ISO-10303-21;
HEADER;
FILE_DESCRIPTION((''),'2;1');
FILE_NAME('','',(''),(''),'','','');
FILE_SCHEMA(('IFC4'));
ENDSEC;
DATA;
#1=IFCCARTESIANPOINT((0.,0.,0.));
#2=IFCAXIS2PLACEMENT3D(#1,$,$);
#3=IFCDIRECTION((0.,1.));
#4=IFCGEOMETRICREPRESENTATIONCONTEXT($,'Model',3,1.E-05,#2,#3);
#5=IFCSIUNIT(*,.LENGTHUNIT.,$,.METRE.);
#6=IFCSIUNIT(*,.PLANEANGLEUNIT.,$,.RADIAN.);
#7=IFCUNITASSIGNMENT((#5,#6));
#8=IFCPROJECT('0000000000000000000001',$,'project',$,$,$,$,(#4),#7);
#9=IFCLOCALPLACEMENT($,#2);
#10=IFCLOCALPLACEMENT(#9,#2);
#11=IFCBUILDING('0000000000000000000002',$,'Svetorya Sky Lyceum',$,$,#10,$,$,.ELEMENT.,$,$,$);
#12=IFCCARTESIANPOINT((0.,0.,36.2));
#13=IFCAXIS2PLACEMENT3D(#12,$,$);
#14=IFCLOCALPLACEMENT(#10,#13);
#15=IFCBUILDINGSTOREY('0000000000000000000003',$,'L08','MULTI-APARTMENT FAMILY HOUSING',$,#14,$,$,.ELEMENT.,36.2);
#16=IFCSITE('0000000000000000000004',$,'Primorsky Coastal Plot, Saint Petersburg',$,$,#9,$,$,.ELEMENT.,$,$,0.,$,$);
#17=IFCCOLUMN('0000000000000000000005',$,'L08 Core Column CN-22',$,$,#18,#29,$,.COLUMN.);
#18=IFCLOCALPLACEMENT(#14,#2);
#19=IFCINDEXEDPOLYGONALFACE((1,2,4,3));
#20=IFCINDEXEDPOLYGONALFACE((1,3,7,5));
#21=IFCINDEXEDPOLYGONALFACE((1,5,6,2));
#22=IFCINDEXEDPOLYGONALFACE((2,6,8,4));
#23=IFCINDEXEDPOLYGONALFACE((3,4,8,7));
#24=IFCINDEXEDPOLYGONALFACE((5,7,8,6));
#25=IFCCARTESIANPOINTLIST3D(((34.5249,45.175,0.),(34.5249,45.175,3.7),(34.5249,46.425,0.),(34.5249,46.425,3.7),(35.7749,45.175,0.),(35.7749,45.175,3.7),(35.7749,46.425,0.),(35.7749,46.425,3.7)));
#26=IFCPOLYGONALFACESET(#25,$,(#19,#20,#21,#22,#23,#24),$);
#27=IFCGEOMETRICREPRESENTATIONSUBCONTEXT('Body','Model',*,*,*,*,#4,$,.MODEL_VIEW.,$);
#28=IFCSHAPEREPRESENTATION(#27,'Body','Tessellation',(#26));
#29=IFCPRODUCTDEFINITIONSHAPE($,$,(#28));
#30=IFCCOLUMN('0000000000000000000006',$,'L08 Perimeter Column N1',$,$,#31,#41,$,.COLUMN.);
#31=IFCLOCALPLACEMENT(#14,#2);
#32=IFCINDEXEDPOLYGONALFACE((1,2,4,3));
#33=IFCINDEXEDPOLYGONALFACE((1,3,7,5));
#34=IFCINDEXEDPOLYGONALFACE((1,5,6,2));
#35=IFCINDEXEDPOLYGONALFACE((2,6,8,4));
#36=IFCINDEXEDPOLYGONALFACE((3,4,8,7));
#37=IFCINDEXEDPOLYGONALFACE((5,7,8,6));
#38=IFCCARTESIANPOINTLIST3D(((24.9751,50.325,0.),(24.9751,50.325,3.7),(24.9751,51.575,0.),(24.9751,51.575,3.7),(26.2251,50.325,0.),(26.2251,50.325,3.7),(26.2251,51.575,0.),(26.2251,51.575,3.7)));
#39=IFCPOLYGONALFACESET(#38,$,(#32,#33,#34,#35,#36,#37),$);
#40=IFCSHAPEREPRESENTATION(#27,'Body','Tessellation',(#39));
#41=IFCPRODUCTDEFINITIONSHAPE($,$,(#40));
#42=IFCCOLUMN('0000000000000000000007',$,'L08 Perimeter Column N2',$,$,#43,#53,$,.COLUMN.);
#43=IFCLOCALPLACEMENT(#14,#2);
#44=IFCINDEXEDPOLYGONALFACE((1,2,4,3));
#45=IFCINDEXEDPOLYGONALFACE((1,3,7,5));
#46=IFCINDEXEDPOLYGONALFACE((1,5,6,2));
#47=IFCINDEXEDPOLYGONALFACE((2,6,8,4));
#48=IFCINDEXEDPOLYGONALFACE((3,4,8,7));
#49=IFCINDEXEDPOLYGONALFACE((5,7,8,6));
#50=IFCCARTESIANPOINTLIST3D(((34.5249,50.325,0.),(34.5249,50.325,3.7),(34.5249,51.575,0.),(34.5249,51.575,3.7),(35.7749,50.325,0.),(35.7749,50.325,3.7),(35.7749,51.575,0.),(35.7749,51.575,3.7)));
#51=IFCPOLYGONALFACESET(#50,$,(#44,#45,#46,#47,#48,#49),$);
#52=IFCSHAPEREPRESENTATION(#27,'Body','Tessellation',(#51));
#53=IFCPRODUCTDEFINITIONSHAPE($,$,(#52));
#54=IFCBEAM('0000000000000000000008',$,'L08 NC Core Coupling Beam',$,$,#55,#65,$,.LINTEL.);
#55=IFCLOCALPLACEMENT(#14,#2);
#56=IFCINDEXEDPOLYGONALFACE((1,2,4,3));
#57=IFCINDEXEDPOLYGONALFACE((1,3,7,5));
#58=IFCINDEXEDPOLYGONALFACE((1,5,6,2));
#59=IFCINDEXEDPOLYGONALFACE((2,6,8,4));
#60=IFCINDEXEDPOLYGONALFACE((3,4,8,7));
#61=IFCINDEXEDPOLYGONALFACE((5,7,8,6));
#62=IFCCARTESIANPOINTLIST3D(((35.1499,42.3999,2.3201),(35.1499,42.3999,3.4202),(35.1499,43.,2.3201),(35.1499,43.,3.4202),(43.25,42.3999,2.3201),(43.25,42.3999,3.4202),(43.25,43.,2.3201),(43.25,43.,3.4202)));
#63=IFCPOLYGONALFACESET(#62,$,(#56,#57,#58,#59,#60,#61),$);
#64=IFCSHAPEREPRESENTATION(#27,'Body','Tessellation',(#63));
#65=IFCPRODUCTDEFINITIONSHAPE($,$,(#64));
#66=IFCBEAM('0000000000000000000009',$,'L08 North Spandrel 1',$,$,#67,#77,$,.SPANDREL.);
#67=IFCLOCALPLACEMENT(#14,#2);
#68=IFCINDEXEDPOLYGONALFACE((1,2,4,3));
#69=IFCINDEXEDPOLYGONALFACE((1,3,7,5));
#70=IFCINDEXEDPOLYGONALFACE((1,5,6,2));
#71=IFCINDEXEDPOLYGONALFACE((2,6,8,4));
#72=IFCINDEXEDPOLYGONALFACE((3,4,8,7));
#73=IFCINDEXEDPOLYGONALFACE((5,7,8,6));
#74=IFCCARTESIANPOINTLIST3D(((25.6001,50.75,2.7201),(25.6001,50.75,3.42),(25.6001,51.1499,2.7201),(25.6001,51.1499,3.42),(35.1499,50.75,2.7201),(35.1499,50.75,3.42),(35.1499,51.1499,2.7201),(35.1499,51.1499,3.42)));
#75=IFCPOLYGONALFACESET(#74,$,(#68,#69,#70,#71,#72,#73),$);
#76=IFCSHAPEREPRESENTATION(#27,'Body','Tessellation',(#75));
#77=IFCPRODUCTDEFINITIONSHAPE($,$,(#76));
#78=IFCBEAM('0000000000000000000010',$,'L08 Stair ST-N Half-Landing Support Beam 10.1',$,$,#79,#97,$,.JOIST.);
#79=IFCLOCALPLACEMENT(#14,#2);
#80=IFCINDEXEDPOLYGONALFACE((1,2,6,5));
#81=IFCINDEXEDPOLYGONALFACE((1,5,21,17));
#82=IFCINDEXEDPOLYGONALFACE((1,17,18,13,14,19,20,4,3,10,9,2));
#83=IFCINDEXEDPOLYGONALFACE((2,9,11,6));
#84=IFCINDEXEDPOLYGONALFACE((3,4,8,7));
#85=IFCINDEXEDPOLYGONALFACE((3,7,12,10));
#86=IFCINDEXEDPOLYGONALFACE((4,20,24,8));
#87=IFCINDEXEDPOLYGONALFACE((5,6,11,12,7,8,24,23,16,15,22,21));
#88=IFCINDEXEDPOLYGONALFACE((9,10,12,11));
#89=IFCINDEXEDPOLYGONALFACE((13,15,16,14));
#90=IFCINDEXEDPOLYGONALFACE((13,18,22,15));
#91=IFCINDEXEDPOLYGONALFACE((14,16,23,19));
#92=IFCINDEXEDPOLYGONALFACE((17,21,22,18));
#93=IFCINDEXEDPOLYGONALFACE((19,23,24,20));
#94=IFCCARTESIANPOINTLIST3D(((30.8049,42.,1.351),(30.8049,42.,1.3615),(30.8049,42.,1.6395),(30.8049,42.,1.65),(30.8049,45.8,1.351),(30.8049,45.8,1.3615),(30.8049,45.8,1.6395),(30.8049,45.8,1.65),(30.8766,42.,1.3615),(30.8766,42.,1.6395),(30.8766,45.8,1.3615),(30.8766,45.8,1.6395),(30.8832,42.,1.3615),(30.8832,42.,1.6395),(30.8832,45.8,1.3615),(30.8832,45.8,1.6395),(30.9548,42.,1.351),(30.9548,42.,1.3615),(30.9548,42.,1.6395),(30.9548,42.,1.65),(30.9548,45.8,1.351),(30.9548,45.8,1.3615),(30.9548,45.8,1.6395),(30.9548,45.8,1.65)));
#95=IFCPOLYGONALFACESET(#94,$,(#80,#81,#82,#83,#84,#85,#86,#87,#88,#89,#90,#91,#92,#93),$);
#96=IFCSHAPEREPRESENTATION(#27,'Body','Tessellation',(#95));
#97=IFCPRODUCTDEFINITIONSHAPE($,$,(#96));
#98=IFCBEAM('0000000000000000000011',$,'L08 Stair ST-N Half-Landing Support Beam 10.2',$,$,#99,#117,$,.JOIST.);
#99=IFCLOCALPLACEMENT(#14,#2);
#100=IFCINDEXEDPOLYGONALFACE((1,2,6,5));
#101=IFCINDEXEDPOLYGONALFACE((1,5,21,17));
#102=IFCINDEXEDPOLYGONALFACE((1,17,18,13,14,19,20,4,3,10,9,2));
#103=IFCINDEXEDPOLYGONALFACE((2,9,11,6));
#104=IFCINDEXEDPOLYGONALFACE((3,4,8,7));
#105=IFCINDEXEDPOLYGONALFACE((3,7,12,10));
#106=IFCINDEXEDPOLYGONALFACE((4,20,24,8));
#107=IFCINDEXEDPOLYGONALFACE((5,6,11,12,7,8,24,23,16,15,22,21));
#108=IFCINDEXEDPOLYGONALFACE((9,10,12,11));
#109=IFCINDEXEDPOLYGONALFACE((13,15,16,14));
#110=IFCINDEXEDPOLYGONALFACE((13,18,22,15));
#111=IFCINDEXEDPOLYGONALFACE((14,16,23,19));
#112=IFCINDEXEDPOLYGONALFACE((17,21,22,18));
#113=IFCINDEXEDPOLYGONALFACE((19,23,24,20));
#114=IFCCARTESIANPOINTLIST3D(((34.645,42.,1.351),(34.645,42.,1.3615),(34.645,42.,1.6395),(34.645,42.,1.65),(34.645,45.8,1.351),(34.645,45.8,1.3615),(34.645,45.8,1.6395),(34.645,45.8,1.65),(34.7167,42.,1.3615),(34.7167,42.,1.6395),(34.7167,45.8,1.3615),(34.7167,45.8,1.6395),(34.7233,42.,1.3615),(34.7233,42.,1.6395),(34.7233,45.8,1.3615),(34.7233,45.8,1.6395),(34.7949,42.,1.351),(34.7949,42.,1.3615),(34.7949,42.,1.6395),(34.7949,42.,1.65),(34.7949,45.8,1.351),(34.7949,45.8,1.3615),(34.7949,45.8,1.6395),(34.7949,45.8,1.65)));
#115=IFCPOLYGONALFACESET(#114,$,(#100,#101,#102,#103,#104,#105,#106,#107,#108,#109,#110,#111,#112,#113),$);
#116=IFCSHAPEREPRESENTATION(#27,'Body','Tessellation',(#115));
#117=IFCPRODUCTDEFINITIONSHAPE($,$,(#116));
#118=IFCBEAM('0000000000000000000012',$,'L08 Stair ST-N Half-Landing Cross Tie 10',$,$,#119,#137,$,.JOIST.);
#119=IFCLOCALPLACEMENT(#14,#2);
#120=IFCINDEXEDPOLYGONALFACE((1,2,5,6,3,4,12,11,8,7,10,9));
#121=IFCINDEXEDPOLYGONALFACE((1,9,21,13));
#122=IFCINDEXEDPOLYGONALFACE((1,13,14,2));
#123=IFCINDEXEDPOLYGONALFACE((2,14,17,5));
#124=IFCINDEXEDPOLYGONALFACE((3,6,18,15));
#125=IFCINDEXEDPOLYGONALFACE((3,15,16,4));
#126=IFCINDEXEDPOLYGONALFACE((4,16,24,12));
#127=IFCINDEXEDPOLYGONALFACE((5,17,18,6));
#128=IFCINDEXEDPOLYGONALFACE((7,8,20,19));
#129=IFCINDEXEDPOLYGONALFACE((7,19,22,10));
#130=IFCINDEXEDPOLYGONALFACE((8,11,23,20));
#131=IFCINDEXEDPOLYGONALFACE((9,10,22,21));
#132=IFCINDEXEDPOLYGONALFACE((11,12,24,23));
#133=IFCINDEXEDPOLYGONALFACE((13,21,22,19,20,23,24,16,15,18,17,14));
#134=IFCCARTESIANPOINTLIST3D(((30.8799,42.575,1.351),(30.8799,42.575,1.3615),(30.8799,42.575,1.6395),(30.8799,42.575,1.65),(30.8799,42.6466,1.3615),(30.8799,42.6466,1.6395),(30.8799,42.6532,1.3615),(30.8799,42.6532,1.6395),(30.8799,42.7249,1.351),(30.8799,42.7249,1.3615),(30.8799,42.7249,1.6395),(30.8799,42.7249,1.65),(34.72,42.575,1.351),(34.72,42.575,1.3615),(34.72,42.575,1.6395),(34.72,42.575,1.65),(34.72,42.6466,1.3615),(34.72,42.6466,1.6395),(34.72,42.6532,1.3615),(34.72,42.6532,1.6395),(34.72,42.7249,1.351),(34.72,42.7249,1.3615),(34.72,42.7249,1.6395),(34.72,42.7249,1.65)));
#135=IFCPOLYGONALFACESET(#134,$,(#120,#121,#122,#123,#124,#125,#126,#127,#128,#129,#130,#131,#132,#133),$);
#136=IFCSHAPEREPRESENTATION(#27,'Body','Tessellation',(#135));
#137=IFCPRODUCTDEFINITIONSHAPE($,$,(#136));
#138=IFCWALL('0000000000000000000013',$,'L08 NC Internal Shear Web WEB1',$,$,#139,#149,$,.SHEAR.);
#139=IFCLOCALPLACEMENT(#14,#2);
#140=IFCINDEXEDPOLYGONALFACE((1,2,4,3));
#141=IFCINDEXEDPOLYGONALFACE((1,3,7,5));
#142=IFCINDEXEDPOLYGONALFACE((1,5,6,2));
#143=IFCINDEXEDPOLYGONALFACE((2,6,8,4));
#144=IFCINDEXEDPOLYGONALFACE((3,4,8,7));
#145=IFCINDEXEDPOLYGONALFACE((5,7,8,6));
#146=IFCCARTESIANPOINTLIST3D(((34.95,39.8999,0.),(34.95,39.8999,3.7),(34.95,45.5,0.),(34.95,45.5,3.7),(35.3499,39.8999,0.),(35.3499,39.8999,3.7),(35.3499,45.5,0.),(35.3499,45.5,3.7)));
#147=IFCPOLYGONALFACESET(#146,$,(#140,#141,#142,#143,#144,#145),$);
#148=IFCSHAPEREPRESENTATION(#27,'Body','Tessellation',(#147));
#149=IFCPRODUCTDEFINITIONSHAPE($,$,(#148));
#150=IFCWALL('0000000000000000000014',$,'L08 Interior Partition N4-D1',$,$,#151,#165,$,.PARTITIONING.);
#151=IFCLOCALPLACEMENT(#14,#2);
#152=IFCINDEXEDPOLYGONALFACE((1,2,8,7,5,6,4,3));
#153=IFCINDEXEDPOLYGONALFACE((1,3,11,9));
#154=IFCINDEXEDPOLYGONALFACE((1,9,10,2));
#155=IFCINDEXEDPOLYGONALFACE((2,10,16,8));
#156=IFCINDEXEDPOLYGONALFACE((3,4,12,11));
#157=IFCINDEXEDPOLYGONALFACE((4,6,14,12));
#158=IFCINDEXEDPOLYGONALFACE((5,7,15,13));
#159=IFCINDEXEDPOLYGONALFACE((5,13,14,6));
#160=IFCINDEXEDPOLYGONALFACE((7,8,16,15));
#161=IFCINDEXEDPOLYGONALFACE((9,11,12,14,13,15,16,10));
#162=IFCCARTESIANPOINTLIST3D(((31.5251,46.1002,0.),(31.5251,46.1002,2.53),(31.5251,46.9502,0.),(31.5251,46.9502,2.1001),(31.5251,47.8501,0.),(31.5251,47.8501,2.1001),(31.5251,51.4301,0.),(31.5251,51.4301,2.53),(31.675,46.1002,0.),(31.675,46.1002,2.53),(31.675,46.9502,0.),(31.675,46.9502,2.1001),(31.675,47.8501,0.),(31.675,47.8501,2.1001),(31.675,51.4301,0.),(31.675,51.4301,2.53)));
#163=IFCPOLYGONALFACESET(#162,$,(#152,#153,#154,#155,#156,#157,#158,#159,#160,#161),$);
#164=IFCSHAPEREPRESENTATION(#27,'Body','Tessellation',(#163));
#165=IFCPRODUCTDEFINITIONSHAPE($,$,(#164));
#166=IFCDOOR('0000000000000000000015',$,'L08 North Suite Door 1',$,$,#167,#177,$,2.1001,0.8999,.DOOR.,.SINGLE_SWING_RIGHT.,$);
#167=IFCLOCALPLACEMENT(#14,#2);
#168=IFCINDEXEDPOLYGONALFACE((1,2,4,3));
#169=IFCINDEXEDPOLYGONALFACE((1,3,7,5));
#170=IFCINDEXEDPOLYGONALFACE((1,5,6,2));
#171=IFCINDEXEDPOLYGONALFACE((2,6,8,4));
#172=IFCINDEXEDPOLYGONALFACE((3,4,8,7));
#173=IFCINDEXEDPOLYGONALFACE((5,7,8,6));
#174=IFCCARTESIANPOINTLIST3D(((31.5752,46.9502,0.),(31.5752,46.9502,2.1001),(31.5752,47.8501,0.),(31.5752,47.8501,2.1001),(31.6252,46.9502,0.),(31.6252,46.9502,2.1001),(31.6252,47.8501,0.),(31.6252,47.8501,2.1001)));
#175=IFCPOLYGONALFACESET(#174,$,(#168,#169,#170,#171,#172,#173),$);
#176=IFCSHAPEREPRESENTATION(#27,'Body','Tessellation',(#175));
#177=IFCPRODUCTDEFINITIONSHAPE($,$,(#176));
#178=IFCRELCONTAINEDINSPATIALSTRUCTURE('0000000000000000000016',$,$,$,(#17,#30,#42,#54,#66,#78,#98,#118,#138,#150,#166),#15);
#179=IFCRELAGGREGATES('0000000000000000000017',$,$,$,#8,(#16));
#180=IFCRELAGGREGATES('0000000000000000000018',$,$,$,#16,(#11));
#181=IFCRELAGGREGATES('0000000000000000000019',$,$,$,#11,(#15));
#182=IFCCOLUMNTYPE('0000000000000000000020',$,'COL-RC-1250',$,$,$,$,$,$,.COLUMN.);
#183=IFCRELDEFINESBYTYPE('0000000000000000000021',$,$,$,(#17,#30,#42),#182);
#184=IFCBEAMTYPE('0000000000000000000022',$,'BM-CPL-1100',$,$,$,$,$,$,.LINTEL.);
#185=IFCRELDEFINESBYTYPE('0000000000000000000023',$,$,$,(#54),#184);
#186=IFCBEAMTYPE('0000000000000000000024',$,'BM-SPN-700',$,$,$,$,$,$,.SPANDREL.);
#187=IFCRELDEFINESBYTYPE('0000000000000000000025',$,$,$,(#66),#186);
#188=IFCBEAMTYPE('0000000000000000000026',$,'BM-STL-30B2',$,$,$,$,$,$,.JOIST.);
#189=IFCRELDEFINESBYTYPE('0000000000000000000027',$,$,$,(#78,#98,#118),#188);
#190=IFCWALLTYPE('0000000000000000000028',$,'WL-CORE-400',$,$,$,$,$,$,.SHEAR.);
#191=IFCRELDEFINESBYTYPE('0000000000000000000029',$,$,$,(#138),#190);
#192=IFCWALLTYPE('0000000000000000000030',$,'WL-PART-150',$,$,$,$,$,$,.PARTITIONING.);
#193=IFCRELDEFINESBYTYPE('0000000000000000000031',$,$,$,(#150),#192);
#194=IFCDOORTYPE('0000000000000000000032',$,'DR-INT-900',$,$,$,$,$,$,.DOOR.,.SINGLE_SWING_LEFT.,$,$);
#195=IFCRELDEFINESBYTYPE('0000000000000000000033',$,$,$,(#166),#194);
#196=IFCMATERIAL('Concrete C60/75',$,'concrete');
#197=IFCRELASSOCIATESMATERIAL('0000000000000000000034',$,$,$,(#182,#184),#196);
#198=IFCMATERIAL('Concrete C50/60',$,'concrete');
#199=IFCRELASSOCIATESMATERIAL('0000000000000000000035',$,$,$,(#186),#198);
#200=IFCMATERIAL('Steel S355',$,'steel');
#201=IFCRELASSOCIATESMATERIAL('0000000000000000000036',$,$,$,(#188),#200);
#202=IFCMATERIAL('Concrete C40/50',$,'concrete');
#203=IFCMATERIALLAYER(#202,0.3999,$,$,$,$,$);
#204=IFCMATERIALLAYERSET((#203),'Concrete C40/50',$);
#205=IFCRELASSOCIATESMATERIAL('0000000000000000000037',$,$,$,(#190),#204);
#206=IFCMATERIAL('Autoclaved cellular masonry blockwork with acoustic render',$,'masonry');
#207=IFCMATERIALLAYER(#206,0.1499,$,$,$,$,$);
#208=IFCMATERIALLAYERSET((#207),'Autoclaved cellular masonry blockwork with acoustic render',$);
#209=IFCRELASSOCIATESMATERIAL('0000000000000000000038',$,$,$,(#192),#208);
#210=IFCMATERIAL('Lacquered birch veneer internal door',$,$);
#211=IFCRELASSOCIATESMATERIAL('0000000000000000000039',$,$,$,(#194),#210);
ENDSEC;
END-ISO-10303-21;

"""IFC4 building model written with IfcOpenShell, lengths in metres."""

from ifc_helpers import new_model, si_unit, direction, frame, frame_2d, origin, origin_2d, place, context, subcontext, project, spatial, rectangle, i_section, extrude, material, layer, layer_set, material_profile, profile_set, type_object, element, fill, save


model = new_model("IFC4")

# Units and contexts
model_context = context("Model", 3, precision=1e-05, world=origin(), true_north=direction((0.0, 1.0)))
body_context = subcontext(model_context, "Body", "Model", "MODEL_VIEW")
ifc_project = project(units=[si_unit("LENGTHUNIT", "METRE"), si_unit("PLANEANGLEUNIT", "RADIAN")], contexts=[model_context])

# Site, building, storey
site_placement = place(None, origin())
site = spatial("IfcSite", under=ifc_project, at=site_placement, Name="Primorsky Coastal Plot, Saint Petersburg", CompositionType="ELEMENT", RefElevation=0.0)
building_placement = place(site_placement, origin())
building = spatial("IfcBuilding", under=site, at=building_placement, Name="Svetorya Sky Lyceum", CompositionType="ELEMENT")
storey_placement = place(building_placement, frame((0.0, 0.0, 36.2)))
storey = spatial("IfcBuildingStorey", under=building, at=storey_placement, Name="L08", Description="MULTI-APARTMENT FAMILY HOUSING", CompositionType="ELEMENT", Elevation=36.2)

# Columns
ifc_material_1 = material(Name="Concrete C60/75", Category="concrete")
ifc_material_profile_1 = material_profile(ifc_material_1, rectangle(XDim=1.25, YDim=1.25, at=origin_2d()), Name="RC COL 1250x1250")
ifc_profile_set_1 = profile_set([ifc_material_profile_1], Name="Concrete C60/75")
column_type = type_object("IfcColumnType", Name="COL-RC-1250", PredefinedType="COLUMN", material=ifc_profile_set_1)
for number, where, z_axis, x_axis, name in (
    (1, (35.1499, 45.8, 0.0), (0.0, 0.0, 1.0), (1.0, 0.0, 0.0), "L08 Core Column CN-22"),
    (2, (25.6001, 50.95, 0.0), (0.0, 0.0, 1.0), (1.0, 0.0, 0.0), "L08 Perimeter Column N1"),
    (3, (35.1499, 50.95, 0.0), (0.0, 0.0, 1.0), (1.0, 0.0, 0.0), "L08 Perimeter Column N2"),
):
    element("IfcColumn", number, at=place(storey_placement, frame(where, z_axis=z_axis, x_axis=x_axis)), inside=storey, type_object=column_type, Name=name, PredefinedType="COLUMN", context=body_context, shape_type="SweptSolid", body=[
        extrude(rectangle(XDim=1.25, YDim=1.25, at=origin_2d()), origin(), (0.0, 0.0, 1.0), 3.7),
    ])

# Beams
ifc_material_profile_2 = material_profile(ifc_material_1, rectangle(XDim=0.6001, YDim=1.1001, at=origin_2d()), Name="RC COUPLING 600x1100")
ifc_profile_set_2 = profile_set([ifc_material_profile_2], Name="Concrete C60/75")
beam_type_1 = type_object("IfcBeamType", Name="BM-CPL-1100", PredefinedType="LINTEL", material=ifc_profile_set_2)
beam_1_placement = place(storey_placement, frame((35.1499, 42.7, 2.8701), z_axis=(1.0, 0.0, 0.0), x_axis=(0.0, 1.0, 0.0)))
element("IfcBeam", 4, at=beam_1_placement, inside=storey, type_object=beam_type_1, Name="L08 NC Core Coupling Beam", PredefinedType="LINTEL", context=body_context, shape_type="SweptSolid", body=[
    extrude(rectangle(XDim=0.6001, YDim=1.1001, at=origin_2d()), origin(), (0.0, 0.0, 1.0), 8.1001),
])
ifc_material_2 = material(Name="Concrete C50/60", Category="concrete")
ifc_material_profile_3 = material_profile(ifc_material_2, rectangle(XDim=0.3999, YDim=0.7, at=origin_2d()), Name="RC SPANDREL 400x700")
ifc_profile_set_3 = profile_set([ifc_material_profile_3], Name="Concrete C50/60")
beam_type_2 = type_object("IfcBeamType", Name="BM-SPN-700", PredefinedType="SPANDREL", material=ifc_profile_set_3)
beam_2_placement = place(storey_placement, frame((25.6001, 50.95, 3.0701), z_axis=(1.0, 0.0, 0.0), x_axis=(0.0, 1.0, 0.0)))
element("IfcBeam", 5, at=beam_2_placement, inside=storey, type_object=beam_type_2, Name="L08 North Spandrel 1", PredefinedType="SPANDREL", context=body_context, shape_type="SweptSolid", body=[
    extrude(rectangle(XDim=0.3999, YDim=0.7, at=origin_2d()), origin(), (0.0, 0.0, 1.0), 9.5498),
])
ifc_material_3 = material(Name="Steel S355", Category="steel")
ifc_material_profile_4 = material_profile(ifc_material_3, i_section(OverallWidth=0.1499, OverallDepth=0.2991, WebThickness=0.0066, FlangeThickness=0.0105, at=origin_2d()), Name="GOST 30B2")
ifc_profile_set_4 = profile_set([ifc_material_profile_4], Name="Steel S355")
beam_type_3 = type_object("IfcBeamType", Name="BM-STL-30B2", PredefinedType="JOIST", material=ifc_profile_set_4)
for number, where, z_axis, x_axis, name in (
    (6, (30.8799, 42.0, 1.5005), (0.0, 1.0, 0.0), (-1.0, 0.0, 0.0), "L08 Stair ST-N Half-Landing Support Beam 10.1"),
    (7, (34.72, 42.0, 1.5005), (0.0, 1.0, 0.0), (-1.0, 0.0, 0.0), "L08 Stair ST-N Half-Landing Support Beam 10.2"),
):
    element("IfcBeam", number, at=place(storey_placement, frame(where, z_axis=z_axis, x_axis=x_axis)), inside=storey, type_object=beam_type_3, Name=name, PredefinedType="JOIST", context=body_context, shape_type="SweptSolid", body=[
        extrude(i_section(OverallWidth=0.1499, OverallDepth=0.2991, WebThickness=0.0066, FlangeThickness=0.0105, at=origin_2d()), origin(), (0.0, 0.0, 1.0), 3.8),
    ])
beam_3_placement = place(storey_placement, frame((30.8799, 42.6499, 1.5005), z_axis=(1.0, 0.0, 0.0), x_axis=(0.0, 1.0, 0.0)))
element("IfcBeam", 8, at=beam_3_placement, inside=storey, type_object=beam_type_3, Name="L08 Stair ST-N Half-Landing Cross Tie 10", PredefinedType="JOIST", context=body_context, shape_type="SweptSolid", body=[
    extrude(i_section(OverallWidth=0.1499, OverallDepth=0.2991, WebThickness=0.0066, FlangeThickness=0.0105, at=origin_2d()), origin(), (0.0, 0.0, 1.0), 3.8401),
])

# Wall
ifc_material_4 = material(Name="Concrete C40/50", Category="concrete")
ifc_layer_1 = layer(ifc_material_4, 0.3999)
ifc_layer_set_1 = layer_set([ifc_layer_1], Name="Concrete C40/50")
wall_type_1 = type_object("IfcWallType", Name="WL-CORE-400", PredefinedType="SHEAR", material=ifc_layer_set_1)
wall_1_placement = place(storey_placement, frame((35.1499, 39.8999, 0.0), z_axis=(0.0, 0.0, 1.0), x_axis=(0.0, 1.0, 0.0)))
element("IfcWall", 9, at=wall_1_placement, inside=storey, type_object=wall_type_1, Name="L08 NC Internal Shear Web WEB1", PredefinedType="SHEAR", context=body_context, shape_type="SweptSolid", body=[
    extrude(rectangle(XDim=5.6001, YDim=0.3999, at=frame_2d((2.8, 0.0))), origin(), (0.0, 0.0, 1.0), 3.7),
])

# Wall, opening, door
ifc_material_5 = material(Name="Autoclaved cellular masonry blockwork with acoustic render", Category="masonry")
ifc_layer_2 = layer(ifc_material_5, 0.1499)
ifc_layer_set_2 = layer_set([ifc_layer_2], Name="Autoclaved cellular masonry blockwork with acoustic render")
wall_type_2 = type_object("IfcWallType", Name="WL-PART-150", PredefinedType="PARTITIONING", material=ifc_layer_set_2)
wall_2_placement = place(storey_placement, frame((31.6001, 46.1001, 0.0), z_axis=(0.0, 0.0, 1.0), x_axis=(0.0, 1.0, 0.0)))
wall_2 = element("IfcWall", 10, at=wall_2_placement, inside=storey, type_object=wall_type_2, Name="L08 Interior Partition N4-D1", PredefinedType="PARTITIONING", context=body_context, shape_type="SweptSolid", body=[
    extrude(rectangle(XDim=5.3298, YDim=0.1499, at=frame_2d((2.665, 0.0))), origin(), (0.0, 0.0, 1.0), 2.53),
])
opening_placement = place(wall_2_placement, frame((0.8501, 0.0, 0.0)))
opening = element("IfcOpeningElement", 11, at=opening_placement, cuts=wall_2, PredefinedType="OPENING", context=body_context, shape_type="SweptSolid", body=[
    extrude(rectangle(XDim=0.8999, YDim=2.1001, at=frame_2d((0.45, 1.05))), frame((0.0, 0.085, 0.0), z_axis=(0.0, -1.0, 0.0), x_axis=(1.0, 0.0, 0.0)), (0.0, 0.0, 1.0), 0.1699),
])
ifc_material_6 = material(Name="Lacquered birch veneer internal door")
door_type = type_object("IfcDoorType", Name="DR-INT-900", OperationType="SINGLE_SWING_LEFT", PredefinedType="DOOR", material=ifc_material_6)
door_placement = place(opening_placement, origin())
door = element("IfcDoor", 12, at=door_placement, inside=storey, type_object=door_type, Name="L08 North Suite Door 1", OperationType="SINGLE_SWING_RIGHT", OverallHeight=2.1001, OverallWidth=0.8999, PredefinedType="DOOR", context=body_context, shape_type="SweptSolid", body=[
    extrude(rectangle(XDim=0.8999, YDim=2.1001, at=frame_2d((0.45, 1.05))), frame((0.0, 0.0249, 0.0), z_axis=(0.0, -1.0, 0.0), x_axis=(1.0, 0.0, 0.0)), (0.0, 0.0, 1.0), 0.05),
])
fill(opening, door)

save(model, "model.ifc")
